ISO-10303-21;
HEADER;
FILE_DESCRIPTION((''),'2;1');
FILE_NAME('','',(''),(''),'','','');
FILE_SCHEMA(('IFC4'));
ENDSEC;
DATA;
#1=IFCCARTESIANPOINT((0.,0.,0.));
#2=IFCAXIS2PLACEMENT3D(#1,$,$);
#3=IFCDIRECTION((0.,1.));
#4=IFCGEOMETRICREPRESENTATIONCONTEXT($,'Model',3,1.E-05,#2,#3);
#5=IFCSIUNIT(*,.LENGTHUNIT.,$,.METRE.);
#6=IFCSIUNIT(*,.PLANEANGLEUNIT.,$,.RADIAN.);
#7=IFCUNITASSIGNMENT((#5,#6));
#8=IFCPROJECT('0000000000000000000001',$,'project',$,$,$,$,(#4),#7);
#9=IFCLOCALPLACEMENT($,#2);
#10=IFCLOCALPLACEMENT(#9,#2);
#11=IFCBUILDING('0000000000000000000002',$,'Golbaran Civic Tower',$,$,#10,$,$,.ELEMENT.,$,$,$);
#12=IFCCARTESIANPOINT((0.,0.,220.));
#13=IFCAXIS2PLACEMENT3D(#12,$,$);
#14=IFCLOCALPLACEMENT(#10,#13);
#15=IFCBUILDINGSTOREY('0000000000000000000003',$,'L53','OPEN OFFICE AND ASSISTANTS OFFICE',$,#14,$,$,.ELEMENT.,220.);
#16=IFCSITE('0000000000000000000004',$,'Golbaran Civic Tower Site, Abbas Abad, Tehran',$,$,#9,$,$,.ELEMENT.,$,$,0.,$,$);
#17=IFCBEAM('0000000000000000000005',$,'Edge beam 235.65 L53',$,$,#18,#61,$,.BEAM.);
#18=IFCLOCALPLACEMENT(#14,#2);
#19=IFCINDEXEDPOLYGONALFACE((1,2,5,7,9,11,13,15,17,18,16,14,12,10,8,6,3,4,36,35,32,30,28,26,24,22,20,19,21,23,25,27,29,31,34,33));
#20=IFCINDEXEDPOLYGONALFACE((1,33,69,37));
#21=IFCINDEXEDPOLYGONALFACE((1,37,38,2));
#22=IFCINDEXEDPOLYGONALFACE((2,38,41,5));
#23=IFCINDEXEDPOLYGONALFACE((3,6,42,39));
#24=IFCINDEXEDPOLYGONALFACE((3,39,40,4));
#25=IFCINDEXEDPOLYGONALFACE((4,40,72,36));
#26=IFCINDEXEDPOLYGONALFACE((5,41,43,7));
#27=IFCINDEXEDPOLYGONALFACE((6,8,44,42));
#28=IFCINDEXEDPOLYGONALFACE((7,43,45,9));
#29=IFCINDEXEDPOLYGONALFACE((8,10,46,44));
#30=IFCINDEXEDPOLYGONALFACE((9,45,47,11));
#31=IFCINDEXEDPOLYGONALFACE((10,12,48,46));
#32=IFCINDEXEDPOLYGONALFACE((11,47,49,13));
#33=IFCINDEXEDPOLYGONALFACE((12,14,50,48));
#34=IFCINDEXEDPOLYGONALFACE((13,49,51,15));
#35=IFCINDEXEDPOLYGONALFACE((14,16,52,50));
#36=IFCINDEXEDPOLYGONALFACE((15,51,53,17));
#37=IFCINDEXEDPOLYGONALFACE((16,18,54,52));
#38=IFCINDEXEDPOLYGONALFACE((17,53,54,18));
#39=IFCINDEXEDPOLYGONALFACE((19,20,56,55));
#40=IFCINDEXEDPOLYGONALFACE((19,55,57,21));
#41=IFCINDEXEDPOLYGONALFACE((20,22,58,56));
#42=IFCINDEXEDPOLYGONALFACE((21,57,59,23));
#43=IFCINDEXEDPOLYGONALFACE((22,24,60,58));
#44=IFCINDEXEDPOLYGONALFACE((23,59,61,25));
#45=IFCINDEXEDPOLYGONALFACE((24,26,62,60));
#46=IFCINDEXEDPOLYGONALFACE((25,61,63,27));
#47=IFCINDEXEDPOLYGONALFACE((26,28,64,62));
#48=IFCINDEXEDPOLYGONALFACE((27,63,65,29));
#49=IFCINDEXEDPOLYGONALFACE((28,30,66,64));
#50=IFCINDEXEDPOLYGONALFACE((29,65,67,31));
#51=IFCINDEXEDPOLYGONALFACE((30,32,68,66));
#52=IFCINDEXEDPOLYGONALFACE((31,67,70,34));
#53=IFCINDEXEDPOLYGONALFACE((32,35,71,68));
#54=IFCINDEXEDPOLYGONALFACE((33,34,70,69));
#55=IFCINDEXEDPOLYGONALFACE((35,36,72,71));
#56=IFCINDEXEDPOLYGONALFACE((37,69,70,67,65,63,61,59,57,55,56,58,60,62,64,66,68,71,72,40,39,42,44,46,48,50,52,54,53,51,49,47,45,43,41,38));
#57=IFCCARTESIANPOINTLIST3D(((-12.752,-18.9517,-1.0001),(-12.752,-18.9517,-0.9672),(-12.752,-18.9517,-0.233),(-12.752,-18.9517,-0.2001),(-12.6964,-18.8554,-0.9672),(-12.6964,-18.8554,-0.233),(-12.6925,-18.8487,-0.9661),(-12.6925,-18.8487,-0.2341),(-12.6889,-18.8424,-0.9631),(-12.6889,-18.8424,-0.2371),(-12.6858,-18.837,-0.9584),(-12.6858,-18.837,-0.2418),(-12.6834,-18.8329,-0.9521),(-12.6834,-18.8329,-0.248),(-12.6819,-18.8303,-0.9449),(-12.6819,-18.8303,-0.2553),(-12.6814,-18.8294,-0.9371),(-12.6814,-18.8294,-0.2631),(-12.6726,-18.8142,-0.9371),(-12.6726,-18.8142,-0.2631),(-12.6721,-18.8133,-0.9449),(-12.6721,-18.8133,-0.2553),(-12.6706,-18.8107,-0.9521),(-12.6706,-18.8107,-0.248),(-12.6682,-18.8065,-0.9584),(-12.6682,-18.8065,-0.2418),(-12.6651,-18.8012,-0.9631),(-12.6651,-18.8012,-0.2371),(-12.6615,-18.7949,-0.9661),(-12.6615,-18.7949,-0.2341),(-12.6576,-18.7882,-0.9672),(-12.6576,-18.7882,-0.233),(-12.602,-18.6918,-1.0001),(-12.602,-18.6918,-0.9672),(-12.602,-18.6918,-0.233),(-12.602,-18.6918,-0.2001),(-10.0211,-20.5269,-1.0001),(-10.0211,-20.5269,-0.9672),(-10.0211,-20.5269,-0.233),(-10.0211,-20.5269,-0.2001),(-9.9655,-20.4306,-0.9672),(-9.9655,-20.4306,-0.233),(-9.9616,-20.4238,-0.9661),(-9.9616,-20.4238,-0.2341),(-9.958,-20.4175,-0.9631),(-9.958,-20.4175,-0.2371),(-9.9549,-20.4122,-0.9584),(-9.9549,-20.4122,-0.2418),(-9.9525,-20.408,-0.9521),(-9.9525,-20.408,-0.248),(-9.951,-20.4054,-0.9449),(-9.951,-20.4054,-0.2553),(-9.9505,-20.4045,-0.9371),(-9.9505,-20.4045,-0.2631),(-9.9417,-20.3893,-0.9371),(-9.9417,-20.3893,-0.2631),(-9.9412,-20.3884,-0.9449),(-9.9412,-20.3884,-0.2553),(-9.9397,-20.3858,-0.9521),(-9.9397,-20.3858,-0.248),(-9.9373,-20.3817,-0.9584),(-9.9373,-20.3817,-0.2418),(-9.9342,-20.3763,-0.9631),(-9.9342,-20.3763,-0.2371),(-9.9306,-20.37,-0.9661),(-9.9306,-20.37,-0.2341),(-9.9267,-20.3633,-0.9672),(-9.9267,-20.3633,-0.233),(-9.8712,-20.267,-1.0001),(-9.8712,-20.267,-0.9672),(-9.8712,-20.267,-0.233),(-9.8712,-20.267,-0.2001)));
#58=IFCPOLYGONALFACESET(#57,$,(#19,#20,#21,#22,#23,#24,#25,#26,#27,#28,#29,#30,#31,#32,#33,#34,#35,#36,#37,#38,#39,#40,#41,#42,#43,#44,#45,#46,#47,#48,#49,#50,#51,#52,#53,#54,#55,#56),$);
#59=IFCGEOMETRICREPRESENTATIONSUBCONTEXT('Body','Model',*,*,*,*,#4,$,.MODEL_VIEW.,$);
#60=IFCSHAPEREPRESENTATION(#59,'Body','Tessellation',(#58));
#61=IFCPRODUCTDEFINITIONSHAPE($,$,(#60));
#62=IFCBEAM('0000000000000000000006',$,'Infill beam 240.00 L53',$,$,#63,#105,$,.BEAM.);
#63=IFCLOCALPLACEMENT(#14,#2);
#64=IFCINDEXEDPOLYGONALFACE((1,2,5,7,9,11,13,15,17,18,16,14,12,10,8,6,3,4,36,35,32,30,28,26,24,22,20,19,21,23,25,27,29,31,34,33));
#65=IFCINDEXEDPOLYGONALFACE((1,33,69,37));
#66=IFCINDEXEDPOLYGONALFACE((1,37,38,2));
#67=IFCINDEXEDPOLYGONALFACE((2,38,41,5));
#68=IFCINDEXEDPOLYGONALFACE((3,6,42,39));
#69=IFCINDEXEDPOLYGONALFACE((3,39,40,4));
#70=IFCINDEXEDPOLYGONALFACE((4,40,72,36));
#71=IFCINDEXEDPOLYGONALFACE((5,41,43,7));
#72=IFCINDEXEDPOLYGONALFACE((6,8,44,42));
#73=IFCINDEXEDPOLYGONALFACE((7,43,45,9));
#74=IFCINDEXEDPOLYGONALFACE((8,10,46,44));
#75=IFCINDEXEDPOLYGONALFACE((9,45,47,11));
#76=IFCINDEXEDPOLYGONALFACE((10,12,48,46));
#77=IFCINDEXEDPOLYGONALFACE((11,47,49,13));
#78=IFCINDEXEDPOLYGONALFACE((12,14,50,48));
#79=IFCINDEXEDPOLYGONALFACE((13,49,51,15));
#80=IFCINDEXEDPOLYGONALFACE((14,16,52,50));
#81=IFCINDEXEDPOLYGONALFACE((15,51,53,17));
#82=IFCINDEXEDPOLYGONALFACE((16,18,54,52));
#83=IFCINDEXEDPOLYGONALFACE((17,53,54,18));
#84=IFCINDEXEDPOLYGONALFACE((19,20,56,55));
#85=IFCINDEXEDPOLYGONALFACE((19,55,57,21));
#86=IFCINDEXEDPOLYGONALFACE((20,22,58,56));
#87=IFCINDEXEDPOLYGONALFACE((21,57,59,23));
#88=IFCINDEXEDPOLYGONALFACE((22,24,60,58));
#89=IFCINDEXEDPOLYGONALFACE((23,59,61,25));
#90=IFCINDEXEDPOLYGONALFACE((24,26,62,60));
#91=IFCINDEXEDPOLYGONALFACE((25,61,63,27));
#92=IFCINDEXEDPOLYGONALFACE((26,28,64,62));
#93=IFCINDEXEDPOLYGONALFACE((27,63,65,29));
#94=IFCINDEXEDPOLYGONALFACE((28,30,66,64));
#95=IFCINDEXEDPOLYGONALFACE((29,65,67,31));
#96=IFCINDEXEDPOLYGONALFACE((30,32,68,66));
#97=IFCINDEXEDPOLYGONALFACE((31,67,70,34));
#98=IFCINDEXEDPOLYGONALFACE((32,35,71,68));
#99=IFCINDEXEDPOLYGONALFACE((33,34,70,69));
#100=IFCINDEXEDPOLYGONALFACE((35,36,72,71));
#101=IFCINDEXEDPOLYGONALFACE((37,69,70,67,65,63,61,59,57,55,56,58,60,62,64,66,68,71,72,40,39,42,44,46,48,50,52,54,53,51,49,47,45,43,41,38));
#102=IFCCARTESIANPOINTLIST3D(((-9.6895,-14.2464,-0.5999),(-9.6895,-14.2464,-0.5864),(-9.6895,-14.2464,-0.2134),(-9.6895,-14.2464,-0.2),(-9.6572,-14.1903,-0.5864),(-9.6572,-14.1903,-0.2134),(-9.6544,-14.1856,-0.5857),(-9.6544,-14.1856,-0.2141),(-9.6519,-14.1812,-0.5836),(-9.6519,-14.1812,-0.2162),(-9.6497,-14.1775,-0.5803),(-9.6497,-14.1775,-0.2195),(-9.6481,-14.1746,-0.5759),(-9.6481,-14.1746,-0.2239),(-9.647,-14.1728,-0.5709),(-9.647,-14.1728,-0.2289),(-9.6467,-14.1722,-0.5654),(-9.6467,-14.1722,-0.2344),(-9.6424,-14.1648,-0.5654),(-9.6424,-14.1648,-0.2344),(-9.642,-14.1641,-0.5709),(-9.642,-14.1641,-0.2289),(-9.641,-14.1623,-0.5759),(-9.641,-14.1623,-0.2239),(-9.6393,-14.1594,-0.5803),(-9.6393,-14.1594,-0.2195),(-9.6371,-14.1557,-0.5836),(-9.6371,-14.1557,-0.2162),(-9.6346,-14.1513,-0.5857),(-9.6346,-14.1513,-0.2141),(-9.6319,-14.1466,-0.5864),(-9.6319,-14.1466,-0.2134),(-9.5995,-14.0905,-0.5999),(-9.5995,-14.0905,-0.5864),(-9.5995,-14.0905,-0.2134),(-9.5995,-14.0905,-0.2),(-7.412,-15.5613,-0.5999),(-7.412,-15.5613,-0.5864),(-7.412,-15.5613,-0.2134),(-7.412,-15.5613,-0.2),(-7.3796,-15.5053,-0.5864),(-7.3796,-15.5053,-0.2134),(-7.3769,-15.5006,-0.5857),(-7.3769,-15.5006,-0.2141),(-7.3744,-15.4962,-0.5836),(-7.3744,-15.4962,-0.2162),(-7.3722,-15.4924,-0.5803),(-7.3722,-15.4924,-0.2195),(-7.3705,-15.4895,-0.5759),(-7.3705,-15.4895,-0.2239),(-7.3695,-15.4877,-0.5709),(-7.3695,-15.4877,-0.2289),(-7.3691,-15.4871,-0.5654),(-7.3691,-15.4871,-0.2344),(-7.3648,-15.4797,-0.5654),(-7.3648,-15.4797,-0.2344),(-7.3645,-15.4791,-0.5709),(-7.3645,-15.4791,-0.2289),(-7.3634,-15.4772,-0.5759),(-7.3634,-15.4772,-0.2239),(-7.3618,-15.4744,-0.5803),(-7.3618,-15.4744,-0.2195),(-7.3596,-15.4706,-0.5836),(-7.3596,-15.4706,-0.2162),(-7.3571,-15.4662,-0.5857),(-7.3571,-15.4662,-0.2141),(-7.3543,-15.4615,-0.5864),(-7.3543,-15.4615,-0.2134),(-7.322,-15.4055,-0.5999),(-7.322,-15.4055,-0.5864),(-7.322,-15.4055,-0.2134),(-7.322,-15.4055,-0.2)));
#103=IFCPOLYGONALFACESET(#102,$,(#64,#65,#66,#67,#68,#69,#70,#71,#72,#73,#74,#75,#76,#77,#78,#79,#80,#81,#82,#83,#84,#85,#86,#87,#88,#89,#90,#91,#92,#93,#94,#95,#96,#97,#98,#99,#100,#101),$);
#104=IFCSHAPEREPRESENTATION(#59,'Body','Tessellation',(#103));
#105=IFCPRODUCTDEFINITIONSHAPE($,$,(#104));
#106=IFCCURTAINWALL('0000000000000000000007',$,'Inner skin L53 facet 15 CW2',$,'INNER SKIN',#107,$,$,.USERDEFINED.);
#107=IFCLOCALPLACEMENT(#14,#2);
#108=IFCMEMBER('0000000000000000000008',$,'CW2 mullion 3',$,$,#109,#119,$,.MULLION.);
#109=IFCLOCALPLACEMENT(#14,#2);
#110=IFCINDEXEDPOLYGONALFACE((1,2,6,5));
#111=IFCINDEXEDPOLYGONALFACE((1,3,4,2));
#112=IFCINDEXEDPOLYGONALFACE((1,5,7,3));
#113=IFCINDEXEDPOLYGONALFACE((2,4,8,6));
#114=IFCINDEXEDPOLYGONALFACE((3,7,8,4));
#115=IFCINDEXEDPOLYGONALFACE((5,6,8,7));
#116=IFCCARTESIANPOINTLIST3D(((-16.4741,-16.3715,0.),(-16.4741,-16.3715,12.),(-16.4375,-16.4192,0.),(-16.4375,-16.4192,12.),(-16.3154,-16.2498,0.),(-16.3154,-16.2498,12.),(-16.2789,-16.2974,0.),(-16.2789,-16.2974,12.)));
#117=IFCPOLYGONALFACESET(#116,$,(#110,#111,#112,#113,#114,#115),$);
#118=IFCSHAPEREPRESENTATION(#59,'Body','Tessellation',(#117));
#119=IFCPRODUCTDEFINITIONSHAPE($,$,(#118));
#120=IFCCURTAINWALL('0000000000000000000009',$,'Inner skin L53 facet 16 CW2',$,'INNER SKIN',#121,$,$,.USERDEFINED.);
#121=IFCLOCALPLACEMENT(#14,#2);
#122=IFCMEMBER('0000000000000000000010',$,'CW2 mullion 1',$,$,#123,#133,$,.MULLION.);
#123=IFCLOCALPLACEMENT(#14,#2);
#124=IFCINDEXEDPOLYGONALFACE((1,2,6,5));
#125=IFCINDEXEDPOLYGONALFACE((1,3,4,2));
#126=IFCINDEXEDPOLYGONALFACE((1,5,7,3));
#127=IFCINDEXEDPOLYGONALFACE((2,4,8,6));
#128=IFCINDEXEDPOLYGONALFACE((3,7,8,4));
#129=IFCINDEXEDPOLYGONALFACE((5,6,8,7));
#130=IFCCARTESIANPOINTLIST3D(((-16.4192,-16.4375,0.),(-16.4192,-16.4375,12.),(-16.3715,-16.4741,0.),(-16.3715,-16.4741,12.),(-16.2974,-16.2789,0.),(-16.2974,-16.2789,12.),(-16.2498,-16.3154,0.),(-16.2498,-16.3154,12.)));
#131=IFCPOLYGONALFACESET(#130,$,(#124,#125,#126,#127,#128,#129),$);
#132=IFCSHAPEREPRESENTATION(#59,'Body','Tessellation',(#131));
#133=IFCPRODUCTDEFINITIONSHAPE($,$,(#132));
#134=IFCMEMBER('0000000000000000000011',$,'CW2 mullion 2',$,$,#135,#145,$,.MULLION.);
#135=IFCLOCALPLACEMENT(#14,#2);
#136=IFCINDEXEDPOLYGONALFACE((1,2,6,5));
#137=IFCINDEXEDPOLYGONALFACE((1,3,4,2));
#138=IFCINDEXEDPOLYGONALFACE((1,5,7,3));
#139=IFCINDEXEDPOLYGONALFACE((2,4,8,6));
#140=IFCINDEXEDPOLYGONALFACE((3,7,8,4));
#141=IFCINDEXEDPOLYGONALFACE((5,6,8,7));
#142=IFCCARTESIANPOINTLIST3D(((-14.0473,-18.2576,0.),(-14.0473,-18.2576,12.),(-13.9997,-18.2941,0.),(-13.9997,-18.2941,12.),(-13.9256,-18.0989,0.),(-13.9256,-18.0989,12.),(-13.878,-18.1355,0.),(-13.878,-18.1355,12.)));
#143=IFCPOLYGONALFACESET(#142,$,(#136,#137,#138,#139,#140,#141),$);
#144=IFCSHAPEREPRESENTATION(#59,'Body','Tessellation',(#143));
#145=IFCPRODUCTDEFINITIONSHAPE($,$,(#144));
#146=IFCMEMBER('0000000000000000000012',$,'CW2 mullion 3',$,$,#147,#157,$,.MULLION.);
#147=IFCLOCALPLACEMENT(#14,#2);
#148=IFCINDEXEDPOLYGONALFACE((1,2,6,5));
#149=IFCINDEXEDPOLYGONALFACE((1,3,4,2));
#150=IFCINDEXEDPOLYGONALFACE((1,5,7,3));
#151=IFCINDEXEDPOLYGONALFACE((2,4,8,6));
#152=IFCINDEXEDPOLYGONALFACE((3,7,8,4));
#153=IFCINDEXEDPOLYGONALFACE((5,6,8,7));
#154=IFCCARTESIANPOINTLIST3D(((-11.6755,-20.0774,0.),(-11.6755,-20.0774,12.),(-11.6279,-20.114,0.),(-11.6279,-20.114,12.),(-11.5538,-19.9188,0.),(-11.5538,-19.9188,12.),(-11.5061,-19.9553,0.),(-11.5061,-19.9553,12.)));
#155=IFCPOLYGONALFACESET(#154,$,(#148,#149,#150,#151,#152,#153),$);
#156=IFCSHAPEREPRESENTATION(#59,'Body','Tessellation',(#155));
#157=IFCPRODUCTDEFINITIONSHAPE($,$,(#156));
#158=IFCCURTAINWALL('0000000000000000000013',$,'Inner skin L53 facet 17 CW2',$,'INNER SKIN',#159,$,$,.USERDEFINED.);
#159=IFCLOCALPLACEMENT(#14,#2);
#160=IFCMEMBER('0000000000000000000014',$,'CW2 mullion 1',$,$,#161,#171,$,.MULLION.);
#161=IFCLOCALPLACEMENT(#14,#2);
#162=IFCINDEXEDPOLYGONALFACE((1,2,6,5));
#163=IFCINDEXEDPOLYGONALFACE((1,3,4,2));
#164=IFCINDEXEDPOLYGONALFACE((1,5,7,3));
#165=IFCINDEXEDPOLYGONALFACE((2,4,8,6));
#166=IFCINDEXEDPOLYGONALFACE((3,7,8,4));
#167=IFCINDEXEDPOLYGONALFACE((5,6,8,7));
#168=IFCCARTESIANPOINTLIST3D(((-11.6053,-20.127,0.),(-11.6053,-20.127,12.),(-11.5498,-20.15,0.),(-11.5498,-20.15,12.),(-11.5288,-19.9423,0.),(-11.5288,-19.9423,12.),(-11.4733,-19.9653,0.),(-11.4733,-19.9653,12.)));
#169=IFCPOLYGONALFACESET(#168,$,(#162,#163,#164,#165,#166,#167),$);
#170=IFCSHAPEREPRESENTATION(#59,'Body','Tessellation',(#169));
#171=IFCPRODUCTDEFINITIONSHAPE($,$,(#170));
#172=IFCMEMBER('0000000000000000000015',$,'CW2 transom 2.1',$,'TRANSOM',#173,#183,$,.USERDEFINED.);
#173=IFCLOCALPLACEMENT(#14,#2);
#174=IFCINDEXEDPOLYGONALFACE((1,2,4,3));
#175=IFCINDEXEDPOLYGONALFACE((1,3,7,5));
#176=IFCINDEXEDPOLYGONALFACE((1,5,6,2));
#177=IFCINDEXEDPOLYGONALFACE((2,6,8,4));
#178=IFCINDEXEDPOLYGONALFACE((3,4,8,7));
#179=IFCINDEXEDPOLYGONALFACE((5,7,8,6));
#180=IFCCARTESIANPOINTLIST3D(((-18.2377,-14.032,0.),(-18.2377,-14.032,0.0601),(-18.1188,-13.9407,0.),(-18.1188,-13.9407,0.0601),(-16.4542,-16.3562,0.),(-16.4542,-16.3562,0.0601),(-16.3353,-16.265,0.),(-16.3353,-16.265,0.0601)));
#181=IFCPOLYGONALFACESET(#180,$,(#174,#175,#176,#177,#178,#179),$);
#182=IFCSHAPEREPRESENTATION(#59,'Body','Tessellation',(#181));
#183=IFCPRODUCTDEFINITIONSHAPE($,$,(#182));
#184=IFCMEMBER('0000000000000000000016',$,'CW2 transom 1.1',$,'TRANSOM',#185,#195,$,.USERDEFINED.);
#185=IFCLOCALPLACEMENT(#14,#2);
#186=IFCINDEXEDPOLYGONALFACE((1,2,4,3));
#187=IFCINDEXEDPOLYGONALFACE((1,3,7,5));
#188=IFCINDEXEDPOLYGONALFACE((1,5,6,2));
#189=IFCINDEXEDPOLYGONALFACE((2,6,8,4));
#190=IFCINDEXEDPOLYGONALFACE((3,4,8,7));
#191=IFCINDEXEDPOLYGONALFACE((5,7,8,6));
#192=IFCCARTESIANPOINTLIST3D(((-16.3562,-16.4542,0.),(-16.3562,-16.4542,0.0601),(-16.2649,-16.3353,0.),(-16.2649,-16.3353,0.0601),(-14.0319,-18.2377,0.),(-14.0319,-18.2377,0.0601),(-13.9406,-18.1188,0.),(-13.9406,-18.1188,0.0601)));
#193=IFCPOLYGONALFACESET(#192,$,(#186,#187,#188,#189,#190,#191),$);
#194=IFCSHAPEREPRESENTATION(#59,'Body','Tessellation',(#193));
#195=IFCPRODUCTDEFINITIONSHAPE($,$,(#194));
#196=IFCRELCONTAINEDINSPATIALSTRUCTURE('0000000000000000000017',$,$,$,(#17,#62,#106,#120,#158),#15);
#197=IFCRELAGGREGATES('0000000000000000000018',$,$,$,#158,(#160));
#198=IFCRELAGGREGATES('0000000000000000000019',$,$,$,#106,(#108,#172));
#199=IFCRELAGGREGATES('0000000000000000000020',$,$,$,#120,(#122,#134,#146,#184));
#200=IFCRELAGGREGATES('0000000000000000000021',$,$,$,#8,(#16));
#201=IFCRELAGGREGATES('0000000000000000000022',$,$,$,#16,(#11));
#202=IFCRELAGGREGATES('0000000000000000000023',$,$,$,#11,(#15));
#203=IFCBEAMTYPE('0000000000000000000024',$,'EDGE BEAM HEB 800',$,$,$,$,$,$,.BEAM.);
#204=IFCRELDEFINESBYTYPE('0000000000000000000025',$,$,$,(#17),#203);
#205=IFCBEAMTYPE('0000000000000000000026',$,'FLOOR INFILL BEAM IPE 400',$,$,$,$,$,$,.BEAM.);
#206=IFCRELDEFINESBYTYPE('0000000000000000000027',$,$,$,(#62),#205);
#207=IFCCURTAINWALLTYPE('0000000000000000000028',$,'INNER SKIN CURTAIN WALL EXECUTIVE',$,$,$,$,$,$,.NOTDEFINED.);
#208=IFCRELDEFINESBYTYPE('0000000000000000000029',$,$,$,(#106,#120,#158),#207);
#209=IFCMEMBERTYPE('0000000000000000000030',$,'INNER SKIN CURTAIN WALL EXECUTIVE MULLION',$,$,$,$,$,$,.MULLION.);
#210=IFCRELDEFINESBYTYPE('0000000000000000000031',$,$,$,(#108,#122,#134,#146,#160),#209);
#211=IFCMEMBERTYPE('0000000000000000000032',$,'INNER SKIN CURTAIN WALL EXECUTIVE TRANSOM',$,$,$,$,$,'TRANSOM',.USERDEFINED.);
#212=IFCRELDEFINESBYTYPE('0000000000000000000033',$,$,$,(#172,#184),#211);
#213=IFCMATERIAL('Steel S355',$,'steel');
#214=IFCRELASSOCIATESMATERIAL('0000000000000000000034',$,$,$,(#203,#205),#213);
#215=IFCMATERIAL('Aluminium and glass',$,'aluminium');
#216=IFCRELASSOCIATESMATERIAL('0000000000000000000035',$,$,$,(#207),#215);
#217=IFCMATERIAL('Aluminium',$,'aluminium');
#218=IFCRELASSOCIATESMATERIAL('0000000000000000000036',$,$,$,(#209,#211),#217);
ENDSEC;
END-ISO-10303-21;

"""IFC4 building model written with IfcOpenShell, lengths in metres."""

from ifc_helpers import new_model, si_unit, direction, frame, origin, origin_2d, place, context, subcontext, project, spatial, rectangle, i_section, extrude, material, material_profile, profile_set, type_object, element, aggregate, save


model = new_model("IFC4")

# Units and contexts
model_context = context("Model", 3, precision=1e-05, world=origin(), true_north=direction((0.0, 1.0)))
body_context = subcontext(model_context, "Body", "Model", "MODEL_VIEW")
ifc_project = project(units=[si_unit("LENGTHUNIT", "METRE"), si_unit("PLANEANGLEUNIT", "RADIAN")], contexts=[model_context])

# Site, building, storey
site_placement = place(None, origin())
site = spatial("IfcSite", under=ifc_project, at=site_placement, Name="Golbaran Civic Tower Site, Abbas Abad, Tehran", CompositionType="ELEMENT", RefElevation=0.0)
building_placement = place(site_placement, origin())
building = spatial("IfcBuilding", under=site, at=building_placement, Name="Golbaran Civic Tower", CompositionType="ELEMENT")
storey_placement = place(building_placement, frame((0.0, 0.0, 220.0)))
storey = spatial("IfcBuildingStorey", under=building, at=storey_placement, Name="L53", Description="OPEN OFFICE AND ASSISTANTS OFFICE", CompositionType="ELEMENT", Elevation=220.0)

# Beams
ifc_material_1 = material(Name="Steel S355", Category="steel")
ifc_material_profile_1 = material_profile(ifc_material_1, i_section(OverallWidth=0.3, OverallDepth=0.8, WebThickness=0.0176, FlangeThickness=0.033, FilletRadius=0.03, at=origin_2d()), Name="HEB 800")
ifc_profile_set_1 = profile_set([ifc_material_profile_1], Name="Steel S355")
beam_type_1 = type_object("IfcBeamType", Name="EDGE BEAM HEB 800", PredefinedType="BEAM", material=ifc_profile_set_1)
beam_1_placement = place(storey_placement, frame((-12.677, -18.8218, -0.6001), z_axis=(0.866235, -0.499638, 0.0), x_axis=(0.499638, 0.866235, 0.0)))
element("IfcBeam", 1, at=beam_1_placement, inside=storey, type_object=beam_type_1, Name="Edge beam 235.65 L53", PredefinedType="BEAM", context=body_context, shape_type="SweptSolid", body=[
    extrude(i_section(OverallWidth=0.3, OverallDepth=0.8, WebThickness=0.0176, FlangeThickness=0.033, FilletRadius=0.03, at=origin_2d()), origin(), (0.0, 0.0, 1.0), 3.1526),
])
ifc_material_profile_2 = material_profile(ifc_material_1, i_section(OverallWidth=0.1799, OverallDepth=0.3999, WebThickness=0.0085, FlangeThickness=0.0134, FilletRadius=0.021, at=origin_2d()), Name="IPE 400")
ifc_profile_set_2 = profile_set([ifc_material_profile_2], Name="Steel S355")
beam_type_2 = type_object("IfcBeamType", Name="FLOOR INFILL BEAM IPE 400", PredefinedType="BEAM", material=ifc_profile_set_2)
beam_2_placement = place(storey_placement, frame((-9.6445, -14.1685, -0.3999), z_axis=(0.866029, -0.499993, 0.0), x_axis=(0.499993, 0.866029, 0.0)))
element("IfcBeam", 2, at=beam_2_placement, inside=storey, type_object=beam_type_2, Name="Infill beam 240.00 L53", PredefinedType="BEAM", context=body_context, shape_type="SweptSolid", body=[
    extrude(i_section(OverallWidth=0.1799, OverallDepth=0.3999, WebThickness=0.0085, FlangeThickness=0.0134, FilletRadius=0.021, at=origin_2d()), origin(), (0.0, 0.0, 1.0), 2.6299),
])

# Curtain wall, member
ifc_material_2 = material(Name="Aluminium and glass", Category="aluminium")
curtain_wall_type = type_object("IfcCurtainWallType", Name="INNER SKIN CURTAIN WALL EXECUTIVE", PredefinedType="NOTDEFINED", material=ifc_material_2)
curtain_wall_1_placement = place(storey_placement, origin())
curtain_wall_1 = element("IfcCurtainWall", 3, at=curtain_wall_1_placement, inside=storey, type_object=curtain_wall_type, Name="Inner skin L53 facet 15 CW2", ObjectType="INNER SKIN", PredefinedType="USERDEFINED")
ifc_material_3 = material(Name="Aluminium", Category="aluminium")
ifc_material_profile_3 = material_profile(ifc_material_3, rectangle(XDim=0.2, YDim=0.0601, at=origin_2d()), Name="INNER SKIN CURTAIN WALL EXECUTIVE MULLION")
ifc_profile_set_3 = profile_set([ifc_material_profile_3], Name="Aluminium")
member_type_1 = type_object("IfcMemberType", Name="INNER SKIN CURTAIN WALL EXECUTIVE MULLION", PredefinedType="MULLION", material=ifc_profile_set_3)
member_1_placement = place(storey_placement, frame((-16.3765, -16.3345, 0.0), z_axis=(0.0, 0.0, 1.0), x_axis=(0.793353, 0.608761, 0.0)))
member_1 = element("IfcMember", 4, at=member_1_placement, type_object=member_type_1, Name="CW2 mullion 3", PredefinedType="MULLION", context=body_context, shape_type="SweptSolid", body=[
    extrude(rectangle(XDim=0.2, YDim=0.0601, at=origin_2d()), origin(), (0.0, 0.0, 1.0), 12.0),
])

# Curtain wall, members
curtain_wall_2_placement = place(storey_placement, origin())
curtain_wall_2 = element("IfcCurtainWall", 5, at=curtain_wall_2_placement, inside=storey, type_object=curtain_wall_type, Name="Inner skin L53 facet 16 CW2", ObjectType="INNER SKIN", PredefinedType="USERDEFINED")
member_2_placement = place(storey_placement, frame((-16.3345, -16.3765, 0.0), z_axis=(0.0, 0.0, 1.0), x_axis=(0.608761, 0.793353, 0.0)))
member_2 = element("IfcMember", 6, at=member_2_placement, type_object=member_type_1, Name="CW2 mullion 1", PredefinedType="MULLION", context=body_context, shape_type="SweptSolid", body=[
    extrude(rectangle(XDim=0.2, YDim=0.0601, at=origin_2d()), origin(), (0.0, 0.0, 1.0), 12.0),
])
member_3_placement = place(storey_placement, frame((-13.9626, -18.1965, 0.0), z_axis=(0.0, 0.0, 1.0), x_axis=(0.608761, 0.793353, 0.0)))
member_3 = element("IfcMember", 7, at=member_3_placement, type_object=member_type_1, Name="CW2 mullion 2", PredefinedType="MULLION", context=body_context, shape_type="SweptSolid", body=[
    extrude(rectangle(XDim=0.2, YDim=0.0601, at=origin_2d()), origin(), (0.0, 0.0, 1.0), 12.0),
])
member_4_placement = place(storey_placement, frame((-11.5908, -20.0164, 0.0), z_axis=(0.0, 0.0, 1.0), x_axis=(0.608761, 0.793353, 0.0)))
member_4 = element("IfcMember", 8, at=member_4_placement, type_object=member_type_1, Name="CW2 mullion 3", PredefinedType="MULLION", context=body_context, shape_type="SweptSolid", body=[
    extrude(rectangle(XDim=0.2, YDim=0.0601, at=origin_2d()), origin(), (0.0, 0.0, 1.0), 12.0),
])

# Curtain wall, member
curtain_wall_3_placement = place(storey_placement, origin())
curtain_wall_3 = element("IfcCurtainWall", 9, at=curtain_wall_3_placement, inside=storey, type_object=curtain_wall_type, Name="Inner skin L53 facet 17 CW2", ObjectType="INNER SKIN", PredefinedType="USERDEFINED")
member_5_placement = place(storey_placement, frame((-11.5393, -20.0461, 0.0), z_axis=(0.0, 0.0, 1.0), x_axis=(0.382683, 0.92388, 0.0)))
member_5 = element("IfcMember", 10, at=member_5_placement, type_object=member_type_1, Name="CW2 mullion 1", PredefinedType="MULLION", context=body_context, shape_type="SweptSolid", body=[
    extrude(rectangle(XDim=0.2, YDim=0.0601, at=origin_2d()), origin(), (0.0, 0.0, 1.0), 12.0),
])

# Members
ifc_material_profile_4 = material_profile(ifc_material_3, rectangle(XDim=0.1499, YDim=0.0601, at=origin_2d()), Name="INNER SKIN CURTAIN WALL EXECUTIVE TRANSOM")
ifc_profile_set_4 = profile_set([ifc_material_profile_4], Name="Aluminium")
member_type_2 = type_object("IfcMemberType", Name="INNER SKIN CURTAIN WALL EXECUTIVE TRANSOM", ElementType="TRANSOM", PredefinedType="USERDEFINED", material=ifc_profile_set_4)
member_6_placement = place(storey_placement, frame((-18.1782, -13.9863, 0.03), z_axis=(0.608764, -0.793351, 0.0), x_axis=(0.793351, 0.608764, 0.0)))
member_6 = element("IfcMember", 11, at=member_6_placement, type_object=member_type_2, Name="CW2 transom 2.1", ObjectType="TRANSOM", PredefinedType="USERDEFINED", context=body_context, shape_type="SweptSolid", body=[
    extrude(rectangle(XDim=0.1499, YDim=0.0601, at=origin_2d()), origin(), (0.0, 0.0, 1.0), 2.9297),
])
member_7_placement = place(storey_placement, frame((-16.3105, -16.3948, 0.03), z_axis=(0.793351, -0.608764, 0.0), x_axis=(0.608764, 0.793351, 0.0)))
member_7 = element("IfcMember", 12, at=member_7_placement, type_object=member_type_2, Name="CW2 transom 1.1", ObjectType="TRANSOM", PredefinedType="USERDEFINED", context=body_context, shape_type="SweptSolid", body=[
    extrude(rectangle(XDim=0.1499, YDim=0.0601, at=origin_2d()), origin(), (0.0, 0.0, 1.0), 2.9297),
])

aggregate(curtain_wall_3, [member_5])
aggregate(curtain_wall_1, [member_1, member_6])
aggregate(curtain_wall_2, [member_2, member_3, member_4, member_7])

save(model, "model.ifc")
